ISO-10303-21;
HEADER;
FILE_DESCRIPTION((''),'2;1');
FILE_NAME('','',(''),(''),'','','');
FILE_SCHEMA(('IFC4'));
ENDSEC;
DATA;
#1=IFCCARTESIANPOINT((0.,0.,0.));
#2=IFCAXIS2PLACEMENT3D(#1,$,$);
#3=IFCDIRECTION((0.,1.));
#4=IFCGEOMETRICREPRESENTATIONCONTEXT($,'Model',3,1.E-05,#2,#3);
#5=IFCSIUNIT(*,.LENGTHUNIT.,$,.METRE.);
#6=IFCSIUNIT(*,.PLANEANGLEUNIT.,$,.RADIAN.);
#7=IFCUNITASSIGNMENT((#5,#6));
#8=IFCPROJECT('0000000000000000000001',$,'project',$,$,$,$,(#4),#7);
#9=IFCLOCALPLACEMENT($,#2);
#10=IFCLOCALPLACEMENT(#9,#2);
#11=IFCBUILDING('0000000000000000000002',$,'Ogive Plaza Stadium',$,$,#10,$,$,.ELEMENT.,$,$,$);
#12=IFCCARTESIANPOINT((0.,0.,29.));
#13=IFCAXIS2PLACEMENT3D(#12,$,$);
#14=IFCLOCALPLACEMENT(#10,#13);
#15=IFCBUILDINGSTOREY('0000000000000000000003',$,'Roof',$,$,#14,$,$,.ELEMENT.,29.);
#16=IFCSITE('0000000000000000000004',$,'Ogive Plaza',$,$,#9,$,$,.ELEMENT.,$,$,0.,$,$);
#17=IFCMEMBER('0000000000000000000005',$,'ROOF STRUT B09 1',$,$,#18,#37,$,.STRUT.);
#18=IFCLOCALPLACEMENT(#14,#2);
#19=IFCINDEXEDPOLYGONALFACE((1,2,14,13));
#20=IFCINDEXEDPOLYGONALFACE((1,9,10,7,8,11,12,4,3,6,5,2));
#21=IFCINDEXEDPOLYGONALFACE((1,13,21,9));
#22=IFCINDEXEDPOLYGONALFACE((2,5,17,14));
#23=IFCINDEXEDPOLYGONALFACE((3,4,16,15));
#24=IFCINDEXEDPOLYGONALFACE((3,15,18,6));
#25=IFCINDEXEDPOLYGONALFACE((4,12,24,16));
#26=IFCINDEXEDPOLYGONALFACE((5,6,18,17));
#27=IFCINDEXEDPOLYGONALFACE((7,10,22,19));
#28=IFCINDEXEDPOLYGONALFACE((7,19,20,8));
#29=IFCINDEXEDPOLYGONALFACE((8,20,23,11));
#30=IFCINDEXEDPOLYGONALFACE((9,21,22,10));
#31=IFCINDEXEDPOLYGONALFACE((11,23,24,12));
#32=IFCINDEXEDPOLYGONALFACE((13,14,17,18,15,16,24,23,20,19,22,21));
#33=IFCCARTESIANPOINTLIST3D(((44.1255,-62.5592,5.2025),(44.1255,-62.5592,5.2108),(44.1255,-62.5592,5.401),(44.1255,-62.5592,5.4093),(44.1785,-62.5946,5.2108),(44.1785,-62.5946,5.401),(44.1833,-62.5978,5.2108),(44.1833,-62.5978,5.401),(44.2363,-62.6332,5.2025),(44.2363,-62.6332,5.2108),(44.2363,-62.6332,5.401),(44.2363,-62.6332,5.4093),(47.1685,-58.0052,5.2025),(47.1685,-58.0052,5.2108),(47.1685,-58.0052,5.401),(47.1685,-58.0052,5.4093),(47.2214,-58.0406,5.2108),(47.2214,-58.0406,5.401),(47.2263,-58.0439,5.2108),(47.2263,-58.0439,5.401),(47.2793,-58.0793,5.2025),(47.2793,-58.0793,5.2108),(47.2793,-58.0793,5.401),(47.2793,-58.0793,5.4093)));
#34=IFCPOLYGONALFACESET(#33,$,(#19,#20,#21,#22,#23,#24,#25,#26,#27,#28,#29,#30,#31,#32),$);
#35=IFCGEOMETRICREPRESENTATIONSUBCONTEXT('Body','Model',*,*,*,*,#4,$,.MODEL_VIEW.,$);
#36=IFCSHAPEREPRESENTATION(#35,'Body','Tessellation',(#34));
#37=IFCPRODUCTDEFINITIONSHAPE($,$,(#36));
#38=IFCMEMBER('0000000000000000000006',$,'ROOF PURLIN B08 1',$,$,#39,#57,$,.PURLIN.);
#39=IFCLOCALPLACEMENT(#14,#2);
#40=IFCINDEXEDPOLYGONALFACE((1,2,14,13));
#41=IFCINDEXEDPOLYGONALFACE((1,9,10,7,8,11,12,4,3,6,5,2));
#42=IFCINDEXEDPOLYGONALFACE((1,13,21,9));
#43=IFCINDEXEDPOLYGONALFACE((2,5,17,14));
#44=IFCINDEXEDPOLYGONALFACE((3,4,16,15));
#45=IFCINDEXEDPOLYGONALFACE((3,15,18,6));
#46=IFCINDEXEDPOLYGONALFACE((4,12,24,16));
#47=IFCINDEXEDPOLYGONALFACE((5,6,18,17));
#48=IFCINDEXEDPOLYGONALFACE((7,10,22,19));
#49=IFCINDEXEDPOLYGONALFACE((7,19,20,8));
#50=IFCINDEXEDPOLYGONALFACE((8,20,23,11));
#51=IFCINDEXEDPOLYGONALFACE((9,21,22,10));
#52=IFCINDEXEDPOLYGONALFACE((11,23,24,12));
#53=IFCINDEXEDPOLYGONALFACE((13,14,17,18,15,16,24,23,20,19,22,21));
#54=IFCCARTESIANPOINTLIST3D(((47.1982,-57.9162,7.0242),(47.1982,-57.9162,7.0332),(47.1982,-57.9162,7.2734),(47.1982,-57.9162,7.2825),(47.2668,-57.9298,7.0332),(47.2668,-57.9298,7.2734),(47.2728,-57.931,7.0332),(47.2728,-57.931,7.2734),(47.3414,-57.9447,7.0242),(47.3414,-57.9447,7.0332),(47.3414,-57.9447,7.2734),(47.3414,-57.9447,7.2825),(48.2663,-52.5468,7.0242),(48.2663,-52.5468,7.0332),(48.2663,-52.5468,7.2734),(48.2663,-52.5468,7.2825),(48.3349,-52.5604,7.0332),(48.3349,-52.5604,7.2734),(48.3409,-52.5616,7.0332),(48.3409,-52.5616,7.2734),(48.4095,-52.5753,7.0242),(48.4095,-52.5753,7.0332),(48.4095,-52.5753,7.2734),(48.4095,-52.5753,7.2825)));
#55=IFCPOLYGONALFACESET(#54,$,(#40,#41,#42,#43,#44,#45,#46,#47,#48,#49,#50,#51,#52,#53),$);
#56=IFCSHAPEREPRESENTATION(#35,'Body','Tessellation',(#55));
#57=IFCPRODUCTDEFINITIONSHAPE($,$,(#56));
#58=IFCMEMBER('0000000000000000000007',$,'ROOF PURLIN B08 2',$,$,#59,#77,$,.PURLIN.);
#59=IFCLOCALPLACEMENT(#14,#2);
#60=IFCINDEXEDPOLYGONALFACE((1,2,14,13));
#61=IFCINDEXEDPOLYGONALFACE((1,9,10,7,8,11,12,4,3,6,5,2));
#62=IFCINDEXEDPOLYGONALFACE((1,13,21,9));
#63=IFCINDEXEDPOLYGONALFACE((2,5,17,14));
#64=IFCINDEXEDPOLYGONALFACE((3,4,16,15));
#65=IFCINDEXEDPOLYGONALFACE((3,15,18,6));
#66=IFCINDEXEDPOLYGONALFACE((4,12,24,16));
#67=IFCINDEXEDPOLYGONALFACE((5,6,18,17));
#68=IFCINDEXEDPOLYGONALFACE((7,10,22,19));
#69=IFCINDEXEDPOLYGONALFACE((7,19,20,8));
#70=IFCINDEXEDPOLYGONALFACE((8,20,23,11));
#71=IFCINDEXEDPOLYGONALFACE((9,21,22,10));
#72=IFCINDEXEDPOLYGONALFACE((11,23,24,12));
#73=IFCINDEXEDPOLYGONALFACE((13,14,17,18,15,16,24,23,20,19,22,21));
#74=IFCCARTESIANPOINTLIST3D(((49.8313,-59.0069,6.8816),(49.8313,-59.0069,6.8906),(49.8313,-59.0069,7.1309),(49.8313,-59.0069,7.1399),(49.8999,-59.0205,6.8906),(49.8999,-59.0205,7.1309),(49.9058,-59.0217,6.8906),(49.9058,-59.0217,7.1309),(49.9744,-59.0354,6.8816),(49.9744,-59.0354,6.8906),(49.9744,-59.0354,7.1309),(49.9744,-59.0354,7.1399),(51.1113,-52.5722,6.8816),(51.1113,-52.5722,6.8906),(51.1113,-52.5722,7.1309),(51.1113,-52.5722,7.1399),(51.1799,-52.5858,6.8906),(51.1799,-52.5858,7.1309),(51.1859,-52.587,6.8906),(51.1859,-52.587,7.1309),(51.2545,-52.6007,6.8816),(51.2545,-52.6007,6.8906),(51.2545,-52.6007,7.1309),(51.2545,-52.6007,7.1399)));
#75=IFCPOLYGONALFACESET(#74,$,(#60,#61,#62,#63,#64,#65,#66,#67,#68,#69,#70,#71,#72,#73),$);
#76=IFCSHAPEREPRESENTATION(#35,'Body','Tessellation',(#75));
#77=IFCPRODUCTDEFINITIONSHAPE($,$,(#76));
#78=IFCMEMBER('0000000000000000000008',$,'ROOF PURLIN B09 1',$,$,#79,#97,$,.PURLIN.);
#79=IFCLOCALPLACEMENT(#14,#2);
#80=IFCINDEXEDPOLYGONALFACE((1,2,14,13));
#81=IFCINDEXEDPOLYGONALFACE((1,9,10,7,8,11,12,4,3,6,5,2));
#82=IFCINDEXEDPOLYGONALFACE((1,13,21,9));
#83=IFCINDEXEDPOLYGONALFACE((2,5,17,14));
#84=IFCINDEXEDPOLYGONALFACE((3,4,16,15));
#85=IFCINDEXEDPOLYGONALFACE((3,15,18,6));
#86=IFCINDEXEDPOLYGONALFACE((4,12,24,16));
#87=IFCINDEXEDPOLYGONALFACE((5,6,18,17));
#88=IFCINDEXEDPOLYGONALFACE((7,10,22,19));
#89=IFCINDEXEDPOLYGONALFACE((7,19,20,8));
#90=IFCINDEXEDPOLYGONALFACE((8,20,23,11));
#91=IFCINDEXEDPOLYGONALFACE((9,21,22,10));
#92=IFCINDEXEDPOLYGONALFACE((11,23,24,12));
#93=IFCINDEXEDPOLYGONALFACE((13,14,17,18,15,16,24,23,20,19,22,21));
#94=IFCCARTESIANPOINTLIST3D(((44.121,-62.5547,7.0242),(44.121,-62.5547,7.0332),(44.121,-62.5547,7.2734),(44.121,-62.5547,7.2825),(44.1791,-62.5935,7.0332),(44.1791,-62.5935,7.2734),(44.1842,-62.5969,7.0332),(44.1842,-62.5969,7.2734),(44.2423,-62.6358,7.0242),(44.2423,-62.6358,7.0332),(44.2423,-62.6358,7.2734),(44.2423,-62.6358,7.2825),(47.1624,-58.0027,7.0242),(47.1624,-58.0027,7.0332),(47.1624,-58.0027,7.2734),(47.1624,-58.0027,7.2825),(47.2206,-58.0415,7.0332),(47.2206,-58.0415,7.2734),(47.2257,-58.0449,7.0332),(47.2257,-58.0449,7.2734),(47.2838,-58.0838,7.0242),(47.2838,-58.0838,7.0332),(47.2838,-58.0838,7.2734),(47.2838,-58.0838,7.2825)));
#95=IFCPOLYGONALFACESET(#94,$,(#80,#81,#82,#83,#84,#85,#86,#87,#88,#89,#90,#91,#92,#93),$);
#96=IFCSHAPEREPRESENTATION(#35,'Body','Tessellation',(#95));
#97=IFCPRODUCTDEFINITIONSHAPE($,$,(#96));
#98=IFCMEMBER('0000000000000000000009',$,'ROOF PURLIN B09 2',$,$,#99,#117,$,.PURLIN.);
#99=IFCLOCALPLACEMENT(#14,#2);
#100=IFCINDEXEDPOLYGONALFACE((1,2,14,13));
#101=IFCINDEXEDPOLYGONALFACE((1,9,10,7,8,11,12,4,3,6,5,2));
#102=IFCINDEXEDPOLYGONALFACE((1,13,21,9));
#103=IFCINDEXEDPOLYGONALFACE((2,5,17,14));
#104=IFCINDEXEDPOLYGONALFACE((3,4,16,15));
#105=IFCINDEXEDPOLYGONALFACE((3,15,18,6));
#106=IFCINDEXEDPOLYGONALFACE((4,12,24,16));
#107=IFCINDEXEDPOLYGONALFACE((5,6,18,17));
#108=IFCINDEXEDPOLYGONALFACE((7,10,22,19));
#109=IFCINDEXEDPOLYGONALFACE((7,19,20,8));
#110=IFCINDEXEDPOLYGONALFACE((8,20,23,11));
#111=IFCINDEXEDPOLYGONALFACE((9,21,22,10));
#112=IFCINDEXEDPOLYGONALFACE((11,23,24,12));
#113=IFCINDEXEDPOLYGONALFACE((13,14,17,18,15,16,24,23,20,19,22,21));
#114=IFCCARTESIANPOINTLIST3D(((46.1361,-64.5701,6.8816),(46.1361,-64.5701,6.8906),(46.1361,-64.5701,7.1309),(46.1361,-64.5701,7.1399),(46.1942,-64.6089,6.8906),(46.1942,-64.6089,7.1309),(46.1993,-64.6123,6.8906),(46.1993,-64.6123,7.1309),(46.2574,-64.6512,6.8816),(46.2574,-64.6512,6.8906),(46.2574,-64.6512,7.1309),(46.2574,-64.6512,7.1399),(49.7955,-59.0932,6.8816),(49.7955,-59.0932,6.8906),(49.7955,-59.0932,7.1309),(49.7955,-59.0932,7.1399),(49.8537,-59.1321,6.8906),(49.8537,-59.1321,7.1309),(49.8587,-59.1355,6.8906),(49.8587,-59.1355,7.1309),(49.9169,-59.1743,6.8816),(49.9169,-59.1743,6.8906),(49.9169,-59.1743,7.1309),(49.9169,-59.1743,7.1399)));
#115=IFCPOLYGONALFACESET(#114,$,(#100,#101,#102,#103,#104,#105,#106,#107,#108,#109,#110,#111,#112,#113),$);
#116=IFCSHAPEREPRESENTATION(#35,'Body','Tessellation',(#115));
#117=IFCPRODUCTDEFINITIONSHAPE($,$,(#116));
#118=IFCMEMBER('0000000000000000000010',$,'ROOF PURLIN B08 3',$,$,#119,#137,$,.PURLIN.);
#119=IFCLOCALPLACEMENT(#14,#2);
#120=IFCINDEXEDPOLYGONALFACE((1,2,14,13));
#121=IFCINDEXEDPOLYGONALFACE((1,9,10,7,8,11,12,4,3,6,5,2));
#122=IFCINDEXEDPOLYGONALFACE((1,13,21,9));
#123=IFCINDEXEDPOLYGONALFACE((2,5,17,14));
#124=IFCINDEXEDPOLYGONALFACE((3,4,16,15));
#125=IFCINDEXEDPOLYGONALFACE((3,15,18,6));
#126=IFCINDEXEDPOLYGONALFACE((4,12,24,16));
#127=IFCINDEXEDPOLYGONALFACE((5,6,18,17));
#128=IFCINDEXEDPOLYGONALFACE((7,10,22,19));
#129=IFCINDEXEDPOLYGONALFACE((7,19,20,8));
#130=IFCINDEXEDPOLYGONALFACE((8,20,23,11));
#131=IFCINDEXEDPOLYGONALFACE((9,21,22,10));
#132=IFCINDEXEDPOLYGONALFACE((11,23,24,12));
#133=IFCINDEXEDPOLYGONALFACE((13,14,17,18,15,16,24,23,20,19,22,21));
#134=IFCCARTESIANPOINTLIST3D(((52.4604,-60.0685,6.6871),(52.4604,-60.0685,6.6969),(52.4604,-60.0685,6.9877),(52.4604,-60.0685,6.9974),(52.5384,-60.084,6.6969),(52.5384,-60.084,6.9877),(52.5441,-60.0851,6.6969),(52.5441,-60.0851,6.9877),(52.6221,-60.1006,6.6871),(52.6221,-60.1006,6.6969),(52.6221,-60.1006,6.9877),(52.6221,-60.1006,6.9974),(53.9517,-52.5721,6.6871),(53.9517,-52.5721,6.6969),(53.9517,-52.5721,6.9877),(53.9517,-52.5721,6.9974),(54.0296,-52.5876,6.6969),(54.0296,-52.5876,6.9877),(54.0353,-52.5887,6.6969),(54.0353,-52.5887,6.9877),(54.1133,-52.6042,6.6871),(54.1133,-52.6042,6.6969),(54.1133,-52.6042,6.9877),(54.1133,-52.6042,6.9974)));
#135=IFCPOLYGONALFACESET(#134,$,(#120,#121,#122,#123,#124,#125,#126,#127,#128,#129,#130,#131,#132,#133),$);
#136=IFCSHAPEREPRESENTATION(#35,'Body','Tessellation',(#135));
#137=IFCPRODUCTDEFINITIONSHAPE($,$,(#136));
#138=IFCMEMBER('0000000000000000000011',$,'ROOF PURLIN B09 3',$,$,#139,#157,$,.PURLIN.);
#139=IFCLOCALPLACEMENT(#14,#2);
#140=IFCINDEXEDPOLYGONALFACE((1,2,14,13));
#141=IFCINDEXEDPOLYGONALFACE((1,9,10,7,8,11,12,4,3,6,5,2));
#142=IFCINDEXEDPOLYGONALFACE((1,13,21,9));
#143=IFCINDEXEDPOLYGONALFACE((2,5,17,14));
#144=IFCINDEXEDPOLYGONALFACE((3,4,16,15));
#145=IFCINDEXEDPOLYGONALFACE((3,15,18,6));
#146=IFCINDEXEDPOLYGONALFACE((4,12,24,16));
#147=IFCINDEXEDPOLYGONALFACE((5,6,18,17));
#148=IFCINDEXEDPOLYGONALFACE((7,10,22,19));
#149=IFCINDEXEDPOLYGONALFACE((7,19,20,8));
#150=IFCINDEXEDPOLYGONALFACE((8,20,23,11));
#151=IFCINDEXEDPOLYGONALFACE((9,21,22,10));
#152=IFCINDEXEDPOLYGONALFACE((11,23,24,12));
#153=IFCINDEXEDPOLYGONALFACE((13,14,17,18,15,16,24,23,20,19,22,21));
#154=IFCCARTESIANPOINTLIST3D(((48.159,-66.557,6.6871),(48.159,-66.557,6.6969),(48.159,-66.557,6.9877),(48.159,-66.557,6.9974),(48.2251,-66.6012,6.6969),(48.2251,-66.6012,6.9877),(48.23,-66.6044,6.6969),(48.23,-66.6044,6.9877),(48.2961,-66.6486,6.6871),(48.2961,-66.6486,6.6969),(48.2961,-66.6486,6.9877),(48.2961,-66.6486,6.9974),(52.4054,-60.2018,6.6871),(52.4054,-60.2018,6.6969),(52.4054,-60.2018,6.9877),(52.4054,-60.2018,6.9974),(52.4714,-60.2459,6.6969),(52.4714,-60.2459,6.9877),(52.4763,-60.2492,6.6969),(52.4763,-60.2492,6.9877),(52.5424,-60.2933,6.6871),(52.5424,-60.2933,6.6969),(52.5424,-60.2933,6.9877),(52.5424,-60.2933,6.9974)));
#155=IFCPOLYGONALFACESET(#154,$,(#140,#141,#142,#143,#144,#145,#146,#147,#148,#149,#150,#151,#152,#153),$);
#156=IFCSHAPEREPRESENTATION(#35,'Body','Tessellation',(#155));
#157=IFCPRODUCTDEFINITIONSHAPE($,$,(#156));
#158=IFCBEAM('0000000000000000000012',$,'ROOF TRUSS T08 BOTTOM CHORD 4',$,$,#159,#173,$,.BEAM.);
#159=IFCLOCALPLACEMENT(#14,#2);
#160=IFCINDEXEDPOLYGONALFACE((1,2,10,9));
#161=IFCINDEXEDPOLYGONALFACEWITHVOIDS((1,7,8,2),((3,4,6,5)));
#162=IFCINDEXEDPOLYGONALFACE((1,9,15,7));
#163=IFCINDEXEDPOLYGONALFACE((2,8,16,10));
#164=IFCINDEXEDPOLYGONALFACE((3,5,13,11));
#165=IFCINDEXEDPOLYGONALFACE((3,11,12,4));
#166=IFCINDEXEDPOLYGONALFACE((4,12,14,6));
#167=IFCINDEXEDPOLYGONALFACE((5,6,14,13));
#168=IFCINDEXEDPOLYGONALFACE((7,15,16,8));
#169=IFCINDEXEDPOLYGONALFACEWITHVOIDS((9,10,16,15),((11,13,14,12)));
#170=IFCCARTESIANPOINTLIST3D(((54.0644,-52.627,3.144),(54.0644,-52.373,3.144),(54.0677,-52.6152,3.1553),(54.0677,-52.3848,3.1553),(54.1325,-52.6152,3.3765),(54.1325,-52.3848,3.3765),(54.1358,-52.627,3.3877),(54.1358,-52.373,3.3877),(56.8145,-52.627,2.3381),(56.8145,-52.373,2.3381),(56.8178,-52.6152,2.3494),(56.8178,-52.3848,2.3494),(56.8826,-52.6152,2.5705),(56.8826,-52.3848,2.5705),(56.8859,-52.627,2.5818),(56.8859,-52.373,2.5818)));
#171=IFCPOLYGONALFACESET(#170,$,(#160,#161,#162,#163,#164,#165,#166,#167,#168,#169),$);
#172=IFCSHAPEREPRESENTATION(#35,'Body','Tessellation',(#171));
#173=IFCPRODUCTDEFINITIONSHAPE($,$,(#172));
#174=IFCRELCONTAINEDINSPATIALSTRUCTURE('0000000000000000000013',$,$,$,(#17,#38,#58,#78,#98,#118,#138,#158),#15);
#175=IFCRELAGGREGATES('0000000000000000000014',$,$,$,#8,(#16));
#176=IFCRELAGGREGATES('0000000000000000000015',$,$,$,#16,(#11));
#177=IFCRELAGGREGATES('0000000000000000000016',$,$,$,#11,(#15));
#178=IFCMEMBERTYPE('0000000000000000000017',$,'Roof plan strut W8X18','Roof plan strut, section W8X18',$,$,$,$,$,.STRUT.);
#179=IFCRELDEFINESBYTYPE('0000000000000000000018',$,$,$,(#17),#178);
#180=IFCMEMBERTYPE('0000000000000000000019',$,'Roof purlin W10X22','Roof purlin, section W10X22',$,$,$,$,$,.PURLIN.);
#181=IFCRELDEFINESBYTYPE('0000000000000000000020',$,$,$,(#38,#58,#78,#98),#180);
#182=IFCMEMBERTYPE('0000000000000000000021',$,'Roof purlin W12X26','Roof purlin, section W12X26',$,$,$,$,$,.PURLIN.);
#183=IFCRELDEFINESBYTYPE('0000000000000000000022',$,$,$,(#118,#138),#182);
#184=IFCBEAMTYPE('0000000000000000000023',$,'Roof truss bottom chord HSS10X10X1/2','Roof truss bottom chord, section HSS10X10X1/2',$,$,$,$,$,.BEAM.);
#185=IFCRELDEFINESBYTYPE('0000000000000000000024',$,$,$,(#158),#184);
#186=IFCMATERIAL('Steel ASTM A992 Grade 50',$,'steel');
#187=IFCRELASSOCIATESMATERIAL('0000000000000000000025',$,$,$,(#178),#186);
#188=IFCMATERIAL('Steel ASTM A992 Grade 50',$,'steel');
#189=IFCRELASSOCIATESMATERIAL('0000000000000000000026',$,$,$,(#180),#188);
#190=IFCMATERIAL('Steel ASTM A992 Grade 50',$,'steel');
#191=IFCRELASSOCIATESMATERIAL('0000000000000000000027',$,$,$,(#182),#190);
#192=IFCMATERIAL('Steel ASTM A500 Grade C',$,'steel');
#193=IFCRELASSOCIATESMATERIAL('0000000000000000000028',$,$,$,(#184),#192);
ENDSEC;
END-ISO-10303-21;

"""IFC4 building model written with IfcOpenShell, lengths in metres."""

from ifc_helpers import new_model, si_unit, direction, frame, origin, origin_2d, place, context, subcontext, project, spatial, hollow_rectangle, i_section, extrude, material, material_profile, profile_set, type_object, element, save


model = new_model("IFC4")

# Units and contexts
model_context = context("Model", 3, precision=1e-05, world=origin(), true_north=direction((0.0, 1.0)))
body_context = subcontext(model_context, "Body", "Model", "MODEL_VIEW")
ifc_project = project(units=[si_unit("LENGTHUNIT", "METRE"), si_unit("PLANEANGLEUNIT", "RADIAN")], contexts=[model_context])

# Site, building, storey
site_placement = place(None, origin())
site = spatial("IfcSite", under=ifc_project, at=site_placement, Name="Ogive Plaza", CompositionType="ELEMENT", RefElevation=0.0)
building_placement = place(site_placement, origin())
building = spatial("IfcBuilding", under=site, at=building_placement, Name="Ogive Plaza Stadium", CompositionType="ELEMENT")
storey_placement = place(building_placement, frame((0.0, 0.0, 29.0)))
storey = spatial("IfcBuildingStorey", under=building, at=storey_placement, Name="Roof", CompositionType="ELEMENT", Elevation=29.0)

# Members
ifc_material_1 = material(Name="Steel ASTM A992 Grade 50", Category="steel")
ifc_material_profile_1 = material_profile(ifc_material_1, i_section(OverallWidth=0.1333, OverallDepth=0.2068, WebThickness=0.0059, FlangeThickness=0.0083, at=origin_2d()), Name="W8X18")
ifc_profile_set_1 = profile_set([ifc_material_profile_1], Name="Steel ASTM A992 Grade 50")
member_type_1 = type_object("IfcMemberType", Name="Roof plan strut W8X18", Description="Roof plan strut, section W8X18", PredefinedType="STRUT", material=ifc_profile_set_1)
for number, where, z_axis, x_axis, name in (
    (1, (47.2239, -58.0422, 5.3059), (-0.555585, -0.83146, 0.0), (0.83146, -0.555585, 0.0), "ROOF STRUT B09 1"),
):
    element("IfcMember", number, at=place(storey_placement, frame(where, z_axis=z_axis, x_axis=x_axis)), inside=storey, type_object=member_type_1, Name=name, PredefinedType="STRUT", context=body_context, shape_type="SweptSolid", body=[
        extrude(i_section(OverallWidth=0.1333, OverallDepth=0.2068, WebThickness=0.0059, FlangeThickness=0.0083, at=origin_2d()), origin(), (0.0, 0.0, 1.0), 5.4771),
    ])
ifc_material_2 = material(Name="Steel ASTM A992 Grade 50", Category="steel")
ifc_material_profile_2 = material_profile(ifc_material_2, i_section(OverallWidth=0.146, OverallDepth=0.2583, WebThickness=0.0061, FlangeThickness=0.009, at=origin_2d()), Name="W10X22")
ifc_profile_set_2 = profile_set([ifc_material_profile_2], Name="Steel ASTM A992 Grade 50")
member_type_2 = type_object("IfcMemberType", Name="Roof purlin W10X22", Description="Roof purlin, section W10X22", PredefinedType="PURLIN", material=ifc_profile_set_2)
member_1_placement = place(storey_placement, frame((48.3379, -52.561, 7.1533), z_axis=(-0.195104, -0.980783, 0.0), x_axis=(0.980783, -0.195104, 0.0)))
element("IfcMember", 2, at=member_1_placement, inside=storey, type_object=member_type_2, Name="ROOF PURLIN B08 1", PredefinedType="PURLIN", context=body_context, shape_type="SweptSolid", body=[
    extrude(i_section(OverallWidth=0.146, OverallDepth=0.2583, WebThickness=0.0061, FlangeThickness=0.009, at=origin_2d()), origin(), (0.0, 0.0, 1.0), 5.4746),
])
member_2_placement = place(storey_placement, frame((51.1829, -52.5864, 7.0107), z_axis=(-0.1951, -0.980783, 0.0), x_axis=(0.980783, -0.1951, 0.0)))
element("IfcMember", 3, at=member_2_placement, inside=storey, type_object=member_type_2, Name="ROOF PURLIN B08 2", PredefinedType="PURLIN", context=body_context, shape_type="SweptSolid", body=[
    extrude(i_section(OverallWidth=0.146, OverallDepth=0.2583, WebThickness=0.0061, FlangeThickness=0.009, at=origin_2d()), origin(), (0.0, 0.0, 1.0), 6.5608),
])
member_3_placement = place(storey_placement, frame((47.2231, -58.0432, 7.1533), z_axis=(-0.555564, -0.831474, 0.0), x_axis=(0.831474, -0.555564, 0.0)))
element("IfcMember", 4, at=member_3_placement, inside=storey, type_object=member_type_2, Name="ROOF PURLIN B09 1", PredefinedType="PURLIN", context=body_context, shape_type="SweptSolid", body=[
    extrude(i_section(OverallWidth=0.146, OverallDepth=0.2583, WebThickness=0.0061, FlangeThickness=0.009, at=origin_2d()), origin(), (0.0, 0.0, 1.0), 5.4746),
])
member_4_placement = place(storey_placement, frame((49.8562, -59.1338, 7.0107), z_axis=(-0.555564, -0.831474, 0.0), x_axis=(0.831474, -0.555564, 0.0)))
element("IfcMember", 5, at=member_4_placement, inside=storey, type_object=member_type_2, Name="ROOF PURLIN B09 2", PredefinedType="PURLIN", context=body_context, shape_type="SweptSolid", body=[
    extrude(i_section(OverallWidth=0.146, OverallDepth=0.2583, WebThickness=0.0061, FlangeThickness=0.009, at=origin_2d()), origin(), (0.0, 0.0, 1.0), 6.5869),
])
ifc_material_3 = material(Name="Steel ASTM A992 Grade 50", Category="steel")
ifc_material_profile_3 = material_profile(ifc_material_3, i_section(OverallWidth=0.1648, OverallDepth=0.3103, WebThickness=0.0059, FlangeThickness=0.0098, at=origin_2d()), Name="W12X26")
ifc_profile_set_3 = profile_set([ifc_material_profile_3], Name="Steel ASTM A992 Grade 50")
member_type_3 = type_object("IfcMemberType", Name="Roof purlin W12X26", Description="Roof purlin, section W12X26", PredefinedType="PURLIN", material=ifc_profile_set_3)
for number, where, z_axis, x_axis, name in (
    (6, (54.0325, -52.5881, 6.8423), (-0.195102, -0.980783, 0.0), (0.980783, -0.195102, 0.0), "ROOF PURLIN B08 3"),
    (7, (52.4739, -60.2476, 6.8423), (-0.555562, -0.831475, 0.0), (0.831475, -0.555562, 0.0), "ROOF PURLIN B09 3"),
):
    element("IfcMember", number, at=place(storey_placement, frame(where, z_axis=z_axis, x_axis=x_axis)), inside=storey, type_object=member_type_3, Name=name, PredefinedType="PURLIN", context=body_context, shape_type="SweptSolid", body=[
        extrude(i_section(OverallWidth=0.1648, OverallDepth=0.3103, WebThickness=0.0059, FlangeThickness=0.0098, at=origin_2d()), origin(), (0.0, 0.0, 1.0), 7.6433),
    ])

# Beam
ifc_material_4 = material(Name="Steel ASTM A500 Grade C", Category="steel")
ifc_material_profile_4 = material_profile(ifc_material_4, hollow_rectangle(XDim=0.2539, YDim=0.2539, WallThickness=0.0117, at=origin_2d()), Name="HSS10X10X1/2")
ifc_profile_set_4 = profile_set([ifc_material_profile_4], Name="Steel ASTM A500 Grade C")
beam_type_1 = type_object("IfcBeamType", Name="Roof truss bottom chord HSS10X10X1/2", Description="Roof truss bottom chord, section HSS10X10X1/2", PredefinedType="BEAM", material=ifc_profile_set_4)
beam_1_placement = place(storey_placement, frame((54.1001, -52.5, 3.2659), z_axis=(0.95964, 0.0, -0.28123), x_axis=(0.0, 1.0, 0.0)))
element("IfcBeam", 8, at=beam_1_placement, inside=storey, type_object=beam_type_1, Name="ROOF TRUSS T08 BOTTOM CHORD 4", PredefinedType="BEAM", context=body_context, shape_type="SweptSolid", body=[
    extrude(hollow_rectangle(XDim=0.2539, YDim=0.2539, WallThickness=0.0117, at=origin_2d()), origin(), (0.0, 0.0, 1.0), 2.8657),
])

save(model, "model.ifc")
